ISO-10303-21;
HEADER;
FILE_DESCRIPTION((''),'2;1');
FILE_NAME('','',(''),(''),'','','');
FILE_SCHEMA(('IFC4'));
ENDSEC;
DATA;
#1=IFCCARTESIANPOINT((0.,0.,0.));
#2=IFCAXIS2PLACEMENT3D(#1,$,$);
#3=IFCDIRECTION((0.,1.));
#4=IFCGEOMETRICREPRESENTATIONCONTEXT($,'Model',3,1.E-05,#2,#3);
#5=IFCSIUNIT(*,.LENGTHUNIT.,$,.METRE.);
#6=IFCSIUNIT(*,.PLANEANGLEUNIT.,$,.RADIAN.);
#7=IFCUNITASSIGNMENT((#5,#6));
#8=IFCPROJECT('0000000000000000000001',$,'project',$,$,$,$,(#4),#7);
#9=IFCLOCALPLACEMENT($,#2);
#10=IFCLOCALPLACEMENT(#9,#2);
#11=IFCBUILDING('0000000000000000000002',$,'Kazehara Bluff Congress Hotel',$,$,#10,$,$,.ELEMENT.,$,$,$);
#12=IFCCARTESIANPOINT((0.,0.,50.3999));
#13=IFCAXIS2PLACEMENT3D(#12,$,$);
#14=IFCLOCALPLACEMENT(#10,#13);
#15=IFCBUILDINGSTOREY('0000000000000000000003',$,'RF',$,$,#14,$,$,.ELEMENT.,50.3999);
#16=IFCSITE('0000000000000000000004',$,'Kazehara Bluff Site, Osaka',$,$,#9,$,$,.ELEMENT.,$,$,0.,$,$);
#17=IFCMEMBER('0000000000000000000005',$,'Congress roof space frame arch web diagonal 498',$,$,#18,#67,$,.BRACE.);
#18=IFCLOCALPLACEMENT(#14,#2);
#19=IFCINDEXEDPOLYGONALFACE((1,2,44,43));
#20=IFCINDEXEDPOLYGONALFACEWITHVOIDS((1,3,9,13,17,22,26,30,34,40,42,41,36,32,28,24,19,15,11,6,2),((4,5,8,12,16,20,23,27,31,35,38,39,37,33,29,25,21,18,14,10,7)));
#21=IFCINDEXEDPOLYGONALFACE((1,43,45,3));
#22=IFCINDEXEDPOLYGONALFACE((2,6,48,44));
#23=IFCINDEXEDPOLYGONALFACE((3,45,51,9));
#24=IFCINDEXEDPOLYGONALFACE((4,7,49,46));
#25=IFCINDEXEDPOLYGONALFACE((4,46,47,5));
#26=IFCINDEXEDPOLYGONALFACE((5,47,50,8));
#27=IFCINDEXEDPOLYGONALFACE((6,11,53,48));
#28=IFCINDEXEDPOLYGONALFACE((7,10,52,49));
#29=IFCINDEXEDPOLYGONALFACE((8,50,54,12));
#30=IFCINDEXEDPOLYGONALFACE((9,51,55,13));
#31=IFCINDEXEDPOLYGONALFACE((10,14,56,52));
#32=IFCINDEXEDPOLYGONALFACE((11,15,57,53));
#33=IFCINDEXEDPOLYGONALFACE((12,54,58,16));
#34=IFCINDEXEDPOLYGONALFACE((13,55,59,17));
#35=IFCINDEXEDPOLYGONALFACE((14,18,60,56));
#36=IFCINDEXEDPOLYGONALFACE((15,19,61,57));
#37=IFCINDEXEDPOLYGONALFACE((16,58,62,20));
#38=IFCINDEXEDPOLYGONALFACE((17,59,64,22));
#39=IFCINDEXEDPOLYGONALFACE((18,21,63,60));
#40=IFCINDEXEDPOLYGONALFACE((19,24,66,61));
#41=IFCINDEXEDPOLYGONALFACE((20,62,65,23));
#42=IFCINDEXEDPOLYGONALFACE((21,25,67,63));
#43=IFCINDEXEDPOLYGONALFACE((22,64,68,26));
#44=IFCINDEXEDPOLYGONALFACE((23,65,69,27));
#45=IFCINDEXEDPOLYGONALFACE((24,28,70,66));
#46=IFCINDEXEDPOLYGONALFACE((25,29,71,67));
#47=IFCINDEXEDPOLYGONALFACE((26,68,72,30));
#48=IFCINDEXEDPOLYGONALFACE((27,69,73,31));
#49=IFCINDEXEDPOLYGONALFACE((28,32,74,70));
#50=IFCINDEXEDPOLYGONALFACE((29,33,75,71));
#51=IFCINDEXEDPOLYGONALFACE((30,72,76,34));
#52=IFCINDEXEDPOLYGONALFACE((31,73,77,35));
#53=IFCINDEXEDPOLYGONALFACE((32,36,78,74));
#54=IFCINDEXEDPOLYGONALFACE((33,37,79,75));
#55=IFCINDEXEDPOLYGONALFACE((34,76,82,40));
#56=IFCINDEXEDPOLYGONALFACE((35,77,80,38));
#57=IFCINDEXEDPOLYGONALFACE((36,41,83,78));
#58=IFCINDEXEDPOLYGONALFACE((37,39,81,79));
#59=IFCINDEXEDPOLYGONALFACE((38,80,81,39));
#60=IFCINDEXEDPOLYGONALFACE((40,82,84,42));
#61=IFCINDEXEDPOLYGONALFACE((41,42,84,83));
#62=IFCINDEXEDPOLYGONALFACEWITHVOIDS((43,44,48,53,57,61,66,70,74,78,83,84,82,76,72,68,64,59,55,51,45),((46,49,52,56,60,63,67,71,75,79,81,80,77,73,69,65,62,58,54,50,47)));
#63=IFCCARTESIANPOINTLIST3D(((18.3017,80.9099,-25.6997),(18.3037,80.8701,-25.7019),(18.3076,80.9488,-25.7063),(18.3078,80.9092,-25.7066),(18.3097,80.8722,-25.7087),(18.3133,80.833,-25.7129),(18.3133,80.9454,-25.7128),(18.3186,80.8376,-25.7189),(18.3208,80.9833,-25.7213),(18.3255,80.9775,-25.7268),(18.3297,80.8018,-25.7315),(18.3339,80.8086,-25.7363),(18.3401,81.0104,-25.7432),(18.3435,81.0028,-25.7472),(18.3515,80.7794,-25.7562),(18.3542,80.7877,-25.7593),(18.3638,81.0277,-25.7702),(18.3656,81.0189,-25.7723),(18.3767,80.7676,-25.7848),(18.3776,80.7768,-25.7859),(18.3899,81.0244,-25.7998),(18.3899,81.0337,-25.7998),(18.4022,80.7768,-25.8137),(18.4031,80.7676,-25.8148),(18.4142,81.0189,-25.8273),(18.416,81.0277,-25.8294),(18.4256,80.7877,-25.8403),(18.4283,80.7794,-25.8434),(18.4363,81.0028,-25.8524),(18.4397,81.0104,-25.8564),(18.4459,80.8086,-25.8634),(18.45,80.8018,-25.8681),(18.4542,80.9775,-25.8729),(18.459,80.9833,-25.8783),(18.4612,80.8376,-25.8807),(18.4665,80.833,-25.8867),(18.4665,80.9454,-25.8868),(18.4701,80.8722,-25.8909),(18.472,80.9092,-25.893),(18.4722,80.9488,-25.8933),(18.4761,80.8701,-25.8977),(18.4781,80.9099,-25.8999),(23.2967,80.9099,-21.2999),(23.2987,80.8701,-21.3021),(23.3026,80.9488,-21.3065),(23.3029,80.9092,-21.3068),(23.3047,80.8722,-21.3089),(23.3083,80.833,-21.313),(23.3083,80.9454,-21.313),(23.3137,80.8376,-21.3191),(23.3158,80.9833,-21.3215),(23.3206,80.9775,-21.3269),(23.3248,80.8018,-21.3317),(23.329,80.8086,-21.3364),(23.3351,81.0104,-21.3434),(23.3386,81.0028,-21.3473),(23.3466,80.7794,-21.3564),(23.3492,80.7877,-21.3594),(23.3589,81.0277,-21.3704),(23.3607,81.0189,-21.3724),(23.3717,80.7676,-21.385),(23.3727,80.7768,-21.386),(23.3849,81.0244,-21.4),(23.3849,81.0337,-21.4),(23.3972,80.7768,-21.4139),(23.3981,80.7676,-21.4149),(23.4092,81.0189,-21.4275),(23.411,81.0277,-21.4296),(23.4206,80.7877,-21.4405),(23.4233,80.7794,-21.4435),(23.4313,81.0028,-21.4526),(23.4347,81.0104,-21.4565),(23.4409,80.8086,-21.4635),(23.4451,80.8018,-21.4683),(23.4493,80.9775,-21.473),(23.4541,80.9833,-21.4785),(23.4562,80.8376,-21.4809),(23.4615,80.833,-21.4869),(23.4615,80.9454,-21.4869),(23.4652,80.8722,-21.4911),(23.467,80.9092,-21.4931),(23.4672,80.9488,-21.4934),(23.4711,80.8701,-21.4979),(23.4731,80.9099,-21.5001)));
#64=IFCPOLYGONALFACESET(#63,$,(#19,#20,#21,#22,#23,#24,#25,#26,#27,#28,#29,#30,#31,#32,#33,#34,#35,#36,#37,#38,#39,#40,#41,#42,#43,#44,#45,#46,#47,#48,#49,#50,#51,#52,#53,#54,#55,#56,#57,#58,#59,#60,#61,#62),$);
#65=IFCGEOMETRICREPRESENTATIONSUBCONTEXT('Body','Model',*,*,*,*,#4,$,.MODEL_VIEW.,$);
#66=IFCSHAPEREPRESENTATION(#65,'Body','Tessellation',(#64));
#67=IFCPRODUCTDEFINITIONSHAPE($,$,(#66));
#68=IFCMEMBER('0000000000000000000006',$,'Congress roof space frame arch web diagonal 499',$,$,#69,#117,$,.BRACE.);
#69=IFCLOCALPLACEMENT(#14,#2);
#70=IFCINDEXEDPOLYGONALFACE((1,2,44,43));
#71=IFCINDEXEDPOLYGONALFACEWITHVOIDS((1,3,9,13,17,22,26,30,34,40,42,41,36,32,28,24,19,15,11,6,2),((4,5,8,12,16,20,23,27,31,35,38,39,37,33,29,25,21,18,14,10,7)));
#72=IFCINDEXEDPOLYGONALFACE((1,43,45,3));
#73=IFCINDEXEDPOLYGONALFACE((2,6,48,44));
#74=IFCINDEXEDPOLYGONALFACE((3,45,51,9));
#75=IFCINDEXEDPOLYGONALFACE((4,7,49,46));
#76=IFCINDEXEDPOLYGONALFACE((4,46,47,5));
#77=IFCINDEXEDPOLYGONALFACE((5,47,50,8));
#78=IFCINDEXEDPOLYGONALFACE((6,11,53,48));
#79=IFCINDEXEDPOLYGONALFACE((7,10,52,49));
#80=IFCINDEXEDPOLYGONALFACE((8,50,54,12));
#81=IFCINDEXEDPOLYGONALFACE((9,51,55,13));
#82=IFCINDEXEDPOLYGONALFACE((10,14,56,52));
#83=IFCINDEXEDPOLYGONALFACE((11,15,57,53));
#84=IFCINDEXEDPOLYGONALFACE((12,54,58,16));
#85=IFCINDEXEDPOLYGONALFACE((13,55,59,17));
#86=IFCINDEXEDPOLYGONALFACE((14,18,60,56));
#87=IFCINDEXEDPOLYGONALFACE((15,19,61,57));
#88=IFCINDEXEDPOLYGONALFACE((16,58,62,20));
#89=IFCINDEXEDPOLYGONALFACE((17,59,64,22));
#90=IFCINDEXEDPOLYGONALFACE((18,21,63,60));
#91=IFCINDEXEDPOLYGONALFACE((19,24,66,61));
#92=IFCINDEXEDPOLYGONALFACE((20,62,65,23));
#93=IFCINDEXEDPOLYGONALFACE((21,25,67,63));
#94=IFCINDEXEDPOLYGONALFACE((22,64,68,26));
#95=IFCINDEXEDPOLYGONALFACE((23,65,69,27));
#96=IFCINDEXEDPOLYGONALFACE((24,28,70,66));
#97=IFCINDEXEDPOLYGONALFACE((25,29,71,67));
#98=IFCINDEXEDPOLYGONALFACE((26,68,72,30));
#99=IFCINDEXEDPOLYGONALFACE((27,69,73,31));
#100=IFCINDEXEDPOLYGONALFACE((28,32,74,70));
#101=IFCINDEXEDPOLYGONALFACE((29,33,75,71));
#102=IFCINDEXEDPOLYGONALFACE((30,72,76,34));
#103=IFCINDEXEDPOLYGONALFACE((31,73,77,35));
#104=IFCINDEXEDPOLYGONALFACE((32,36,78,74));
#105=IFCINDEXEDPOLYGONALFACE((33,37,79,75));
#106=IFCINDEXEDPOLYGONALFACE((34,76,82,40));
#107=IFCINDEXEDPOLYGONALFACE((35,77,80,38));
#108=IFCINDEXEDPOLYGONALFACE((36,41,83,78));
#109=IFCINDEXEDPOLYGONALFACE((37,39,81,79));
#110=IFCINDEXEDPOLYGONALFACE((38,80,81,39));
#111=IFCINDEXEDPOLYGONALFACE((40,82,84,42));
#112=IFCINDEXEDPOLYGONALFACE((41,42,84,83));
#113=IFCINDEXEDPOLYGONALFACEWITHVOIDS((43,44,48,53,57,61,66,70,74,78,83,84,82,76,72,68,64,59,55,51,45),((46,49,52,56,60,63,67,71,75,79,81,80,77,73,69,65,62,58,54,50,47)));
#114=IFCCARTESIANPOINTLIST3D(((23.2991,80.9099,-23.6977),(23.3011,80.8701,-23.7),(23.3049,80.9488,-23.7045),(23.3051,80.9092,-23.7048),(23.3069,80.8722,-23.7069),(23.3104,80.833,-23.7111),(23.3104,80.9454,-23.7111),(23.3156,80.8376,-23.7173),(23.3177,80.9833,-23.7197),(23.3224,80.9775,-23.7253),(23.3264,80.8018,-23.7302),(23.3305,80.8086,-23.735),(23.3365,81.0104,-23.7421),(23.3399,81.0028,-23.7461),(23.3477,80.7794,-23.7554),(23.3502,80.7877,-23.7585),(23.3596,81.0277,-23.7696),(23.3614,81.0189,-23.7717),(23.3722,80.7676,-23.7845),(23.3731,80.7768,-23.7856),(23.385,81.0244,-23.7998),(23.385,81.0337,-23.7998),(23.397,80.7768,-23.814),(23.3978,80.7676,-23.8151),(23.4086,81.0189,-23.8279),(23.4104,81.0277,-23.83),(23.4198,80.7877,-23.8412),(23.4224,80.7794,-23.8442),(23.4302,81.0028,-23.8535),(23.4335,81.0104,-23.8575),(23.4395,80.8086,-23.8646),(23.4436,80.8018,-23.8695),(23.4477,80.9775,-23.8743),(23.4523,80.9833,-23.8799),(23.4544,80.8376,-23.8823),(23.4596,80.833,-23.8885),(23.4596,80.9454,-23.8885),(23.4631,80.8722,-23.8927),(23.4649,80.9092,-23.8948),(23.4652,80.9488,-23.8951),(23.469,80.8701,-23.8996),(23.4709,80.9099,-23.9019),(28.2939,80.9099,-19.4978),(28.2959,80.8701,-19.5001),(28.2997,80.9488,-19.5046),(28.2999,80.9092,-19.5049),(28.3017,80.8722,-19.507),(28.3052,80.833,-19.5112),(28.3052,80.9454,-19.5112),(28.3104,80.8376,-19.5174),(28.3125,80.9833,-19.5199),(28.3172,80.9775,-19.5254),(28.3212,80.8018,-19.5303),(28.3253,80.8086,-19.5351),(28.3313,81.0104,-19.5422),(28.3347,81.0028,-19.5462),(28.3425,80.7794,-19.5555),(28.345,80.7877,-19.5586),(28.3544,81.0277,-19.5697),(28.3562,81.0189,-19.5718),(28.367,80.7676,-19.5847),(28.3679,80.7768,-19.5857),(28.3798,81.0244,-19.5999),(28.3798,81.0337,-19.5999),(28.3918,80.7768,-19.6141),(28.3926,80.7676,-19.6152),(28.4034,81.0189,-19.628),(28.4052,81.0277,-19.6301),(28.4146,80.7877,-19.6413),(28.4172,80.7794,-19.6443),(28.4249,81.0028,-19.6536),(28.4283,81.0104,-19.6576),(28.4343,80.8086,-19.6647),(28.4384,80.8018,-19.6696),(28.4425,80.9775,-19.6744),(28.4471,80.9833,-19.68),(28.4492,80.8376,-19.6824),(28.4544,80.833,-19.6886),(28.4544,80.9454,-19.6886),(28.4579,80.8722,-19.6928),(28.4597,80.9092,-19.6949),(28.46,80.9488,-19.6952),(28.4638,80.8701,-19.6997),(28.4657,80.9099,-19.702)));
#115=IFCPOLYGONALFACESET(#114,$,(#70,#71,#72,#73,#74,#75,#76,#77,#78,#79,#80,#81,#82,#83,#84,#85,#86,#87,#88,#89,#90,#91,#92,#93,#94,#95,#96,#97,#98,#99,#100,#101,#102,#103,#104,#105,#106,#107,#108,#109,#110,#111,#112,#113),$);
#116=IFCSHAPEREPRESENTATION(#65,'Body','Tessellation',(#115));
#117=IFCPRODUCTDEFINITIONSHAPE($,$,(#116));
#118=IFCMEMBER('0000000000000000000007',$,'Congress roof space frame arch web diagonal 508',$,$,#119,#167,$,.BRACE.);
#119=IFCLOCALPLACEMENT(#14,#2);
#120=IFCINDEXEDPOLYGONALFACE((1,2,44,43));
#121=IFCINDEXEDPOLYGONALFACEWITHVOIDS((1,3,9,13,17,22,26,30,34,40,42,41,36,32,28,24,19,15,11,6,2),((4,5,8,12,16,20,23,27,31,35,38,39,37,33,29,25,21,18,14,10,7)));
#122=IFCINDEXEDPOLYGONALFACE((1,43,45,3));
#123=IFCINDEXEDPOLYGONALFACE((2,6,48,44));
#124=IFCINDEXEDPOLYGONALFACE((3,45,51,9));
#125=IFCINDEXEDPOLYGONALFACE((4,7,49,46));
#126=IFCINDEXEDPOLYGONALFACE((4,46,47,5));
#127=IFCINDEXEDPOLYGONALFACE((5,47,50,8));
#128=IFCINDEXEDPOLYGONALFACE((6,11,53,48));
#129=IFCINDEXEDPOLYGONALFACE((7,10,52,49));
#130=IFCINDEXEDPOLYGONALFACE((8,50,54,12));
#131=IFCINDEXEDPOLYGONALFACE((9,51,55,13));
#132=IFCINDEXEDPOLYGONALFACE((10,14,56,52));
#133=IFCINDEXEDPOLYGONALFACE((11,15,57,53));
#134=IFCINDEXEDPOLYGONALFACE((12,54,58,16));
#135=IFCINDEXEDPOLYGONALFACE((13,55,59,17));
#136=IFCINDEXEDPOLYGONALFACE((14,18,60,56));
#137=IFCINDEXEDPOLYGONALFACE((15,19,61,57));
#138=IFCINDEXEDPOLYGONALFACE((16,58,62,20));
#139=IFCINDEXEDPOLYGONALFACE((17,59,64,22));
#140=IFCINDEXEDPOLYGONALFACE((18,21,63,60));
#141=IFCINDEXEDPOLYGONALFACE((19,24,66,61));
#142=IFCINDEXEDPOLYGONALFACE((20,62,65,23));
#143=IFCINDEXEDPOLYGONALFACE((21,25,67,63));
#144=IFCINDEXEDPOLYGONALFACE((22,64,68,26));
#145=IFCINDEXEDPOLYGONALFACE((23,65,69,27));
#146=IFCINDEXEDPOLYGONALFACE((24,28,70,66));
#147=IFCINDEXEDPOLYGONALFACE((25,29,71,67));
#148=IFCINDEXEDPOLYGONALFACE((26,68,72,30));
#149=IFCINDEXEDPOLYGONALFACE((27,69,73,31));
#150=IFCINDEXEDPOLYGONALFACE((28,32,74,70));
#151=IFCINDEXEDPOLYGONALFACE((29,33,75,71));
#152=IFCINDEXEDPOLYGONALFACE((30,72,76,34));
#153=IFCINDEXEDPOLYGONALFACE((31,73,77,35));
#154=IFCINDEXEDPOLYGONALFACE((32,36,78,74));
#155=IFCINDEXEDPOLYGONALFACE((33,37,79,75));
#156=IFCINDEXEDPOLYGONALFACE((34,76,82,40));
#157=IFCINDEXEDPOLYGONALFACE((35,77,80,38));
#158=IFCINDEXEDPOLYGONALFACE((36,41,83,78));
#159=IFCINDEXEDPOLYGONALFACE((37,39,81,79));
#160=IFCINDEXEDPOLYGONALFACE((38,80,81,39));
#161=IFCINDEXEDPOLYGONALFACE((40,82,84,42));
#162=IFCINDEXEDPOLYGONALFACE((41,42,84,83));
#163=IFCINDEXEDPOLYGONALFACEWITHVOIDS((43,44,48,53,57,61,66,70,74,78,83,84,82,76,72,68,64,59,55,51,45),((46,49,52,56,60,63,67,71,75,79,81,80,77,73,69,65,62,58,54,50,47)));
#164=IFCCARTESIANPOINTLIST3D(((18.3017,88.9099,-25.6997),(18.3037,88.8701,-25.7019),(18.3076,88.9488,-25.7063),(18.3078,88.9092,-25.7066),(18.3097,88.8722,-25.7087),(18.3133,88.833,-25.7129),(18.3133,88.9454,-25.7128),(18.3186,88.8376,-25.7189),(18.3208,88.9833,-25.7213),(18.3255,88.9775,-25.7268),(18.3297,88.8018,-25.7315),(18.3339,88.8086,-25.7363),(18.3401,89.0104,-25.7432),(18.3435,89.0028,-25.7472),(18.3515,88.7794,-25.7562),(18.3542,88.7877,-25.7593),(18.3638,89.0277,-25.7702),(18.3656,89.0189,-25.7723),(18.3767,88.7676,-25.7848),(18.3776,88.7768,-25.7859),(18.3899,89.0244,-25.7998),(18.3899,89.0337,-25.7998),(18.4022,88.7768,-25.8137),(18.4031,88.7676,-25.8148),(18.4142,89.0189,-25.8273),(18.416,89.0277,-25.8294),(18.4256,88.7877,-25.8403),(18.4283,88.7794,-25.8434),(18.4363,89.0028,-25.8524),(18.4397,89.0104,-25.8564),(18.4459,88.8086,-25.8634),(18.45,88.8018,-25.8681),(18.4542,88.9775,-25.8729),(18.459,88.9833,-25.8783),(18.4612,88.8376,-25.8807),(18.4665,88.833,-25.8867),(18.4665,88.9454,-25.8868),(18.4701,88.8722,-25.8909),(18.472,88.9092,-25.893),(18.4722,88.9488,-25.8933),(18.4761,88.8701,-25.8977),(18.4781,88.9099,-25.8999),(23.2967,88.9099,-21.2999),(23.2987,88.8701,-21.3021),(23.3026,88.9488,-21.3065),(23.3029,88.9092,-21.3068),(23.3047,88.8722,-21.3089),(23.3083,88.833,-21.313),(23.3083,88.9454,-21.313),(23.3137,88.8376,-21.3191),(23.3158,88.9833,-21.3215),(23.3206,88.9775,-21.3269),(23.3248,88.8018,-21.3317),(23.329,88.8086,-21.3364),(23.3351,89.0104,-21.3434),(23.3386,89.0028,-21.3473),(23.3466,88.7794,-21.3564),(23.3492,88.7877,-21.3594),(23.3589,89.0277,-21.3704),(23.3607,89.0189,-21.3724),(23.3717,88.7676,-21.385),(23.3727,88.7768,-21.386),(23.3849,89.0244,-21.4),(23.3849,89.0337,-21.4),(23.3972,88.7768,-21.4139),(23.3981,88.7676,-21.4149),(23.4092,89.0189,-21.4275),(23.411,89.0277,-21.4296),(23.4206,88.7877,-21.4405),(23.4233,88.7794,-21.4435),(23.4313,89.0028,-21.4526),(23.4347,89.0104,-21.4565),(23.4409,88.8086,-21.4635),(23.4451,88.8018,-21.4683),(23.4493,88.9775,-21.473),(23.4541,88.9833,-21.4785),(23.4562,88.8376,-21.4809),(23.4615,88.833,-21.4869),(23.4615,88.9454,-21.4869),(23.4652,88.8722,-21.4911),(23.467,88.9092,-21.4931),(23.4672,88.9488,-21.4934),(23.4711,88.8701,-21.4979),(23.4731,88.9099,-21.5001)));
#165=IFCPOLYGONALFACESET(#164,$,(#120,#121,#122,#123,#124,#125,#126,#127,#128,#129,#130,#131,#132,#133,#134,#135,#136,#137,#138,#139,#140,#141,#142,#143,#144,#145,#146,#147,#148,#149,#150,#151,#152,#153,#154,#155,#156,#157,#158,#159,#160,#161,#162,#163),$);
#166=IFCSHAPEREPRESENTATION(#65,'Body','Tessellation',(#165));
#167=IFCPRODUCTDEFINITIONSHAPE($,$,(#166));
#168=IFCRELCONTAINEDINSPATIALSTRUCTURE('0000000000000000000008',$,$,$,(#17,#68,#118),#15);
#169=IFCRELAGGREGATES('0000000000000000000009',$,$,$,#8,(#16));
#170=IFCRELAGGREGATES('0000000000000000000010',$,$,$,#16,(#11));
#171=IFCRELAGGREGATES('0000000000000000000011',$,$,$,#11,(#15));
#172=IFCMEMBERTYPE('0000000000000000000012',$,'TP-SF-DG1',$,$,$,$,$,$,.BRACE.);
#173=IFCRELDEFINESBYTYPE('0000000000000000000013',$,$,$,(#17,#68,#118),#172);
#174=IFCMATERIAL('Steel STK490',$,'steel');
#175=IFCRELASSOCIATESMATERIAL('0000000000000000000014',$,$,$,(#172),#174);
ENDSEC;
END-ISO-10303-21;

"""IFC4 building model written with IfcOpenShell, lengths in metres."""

from ifc_helpers import new_model, si_unit, direction, frame, origin, origin_2d, place, context, subcontext, project, spatial, hollow_circle, extrude, material, material_profile, profile_set, type_object, element, save


model = new_model("IFC4")

# Units and contexts
model_context = context("Model", 3, precision=1e-05, world=origin(), true_north=direction((0.0, 1.0)))
body_context = subcontext(model_context, "Body", "Model", "MODEL_VIEW")
ifc_project = project(units=[si_unit("LENGTHUNIT", "METRE"), si_unit("PLANEANGLEUNIT", "RADIAN")], contexts=[model_context])

# Site, building, storey
site_placement = place(None, origin())
site = spatial("IfcSite", under=ifc_project, at=site_placement, Name="Kazehara Bluff Site, Osaka", CompositionType="ELEMENT", RefElevation=0.0)
building_placement = place(site_placement, origin())
building = spatial("IfcBuilding", under=site, at=building_placement, Name="Kazehara Bluff Congress Hotel", CompositionType="ELEMENT")
storey_placement = place(building_placement, frame((0.0, 0.0, 50.3999)))
storey = spatial("IfcBuildingStorey", under=building, at=storey_placement, Name="RF", CompositionType="ELEMENT", Elevation=50.3999)

# Members
ifc_material_1 = material(Name="Steel STK490", Category="steel")
ifc_material_profile_1 = material_profile(ifc_material_1, hollow_circle(Radius=0.1338, WallThickness=0.0093, at=origin_2d()))
ifc_profile_set_1 = profile_set([ifc_material_profile_1], Name="Steel STK490")
member_type_1 = type_object("IfcMemberType", Name="TP-SF-DG1", PredefinedType="BRACE", material=ifc_profile_set_1)
member_1_placement = place(storey_placement, frame((18.3899, 80.8999, -25.7998), z_axis=(0.750401, 0.0, 0.660983), x_axis=(0.0, 1.0, 0.0)))
element("IfcMember", 1, at=member_1_placement, inside=storey, type_object=member_type_1, Name="Congress roof space frame arch web diagonal 498", PredefinedType="BRACE", context=body_context, shape_type="SweptSolid", body=[
    extrude(hollow_circle(Radius=0.1338, WallThickness=0.0093, at=origin_2d()), origin(), (0.0, 0.0, 1.0), 6.6565),
])
member_2_placement = place(storey_placement, frame((23.385, 80.8999, -23.7998), z_axis=(0.765383, 0.0, 0.643575), x_axis=(0.0, 1.0, 0.0)))
element("IfcMember", 2, at=member_2_placement, inside=storey, type_object=member_type_1, Name="Congress roof space frame arch web diagonal 499", PredefinedType="BRACE", context=body_context, shape_type="SweptSolid", body=[
    extrude(hollow_circle(Radius=0.1338, WallThickness=0.0093, at=origin_2d()), origin(), (0.0, 0.0, 1.0), 6.5259),
])
member_3_placement = place(storey_placement, frame((18.3899, 88.8999, -25.7998), z_axis=(0.750401, 0.0, 0.660983), x_axis=(0.0, 1.0, 0.0)))
element("IfcMember", 3, at=member_3_placement, inside=storey, type_object=member_type_1, Name="Congress roof space frame arch web diagonal 508", PredefinedType="BRACE", context=body_context, shape_type="SweptSolid", body=[
    extrude(hollow_circle(Radius=0.1338, WallThickness=0.0093, at=origin_2d()), origin(), (0.0, 0.0, 1.0), 6.6565),
])

save(model, "model.ifc")
